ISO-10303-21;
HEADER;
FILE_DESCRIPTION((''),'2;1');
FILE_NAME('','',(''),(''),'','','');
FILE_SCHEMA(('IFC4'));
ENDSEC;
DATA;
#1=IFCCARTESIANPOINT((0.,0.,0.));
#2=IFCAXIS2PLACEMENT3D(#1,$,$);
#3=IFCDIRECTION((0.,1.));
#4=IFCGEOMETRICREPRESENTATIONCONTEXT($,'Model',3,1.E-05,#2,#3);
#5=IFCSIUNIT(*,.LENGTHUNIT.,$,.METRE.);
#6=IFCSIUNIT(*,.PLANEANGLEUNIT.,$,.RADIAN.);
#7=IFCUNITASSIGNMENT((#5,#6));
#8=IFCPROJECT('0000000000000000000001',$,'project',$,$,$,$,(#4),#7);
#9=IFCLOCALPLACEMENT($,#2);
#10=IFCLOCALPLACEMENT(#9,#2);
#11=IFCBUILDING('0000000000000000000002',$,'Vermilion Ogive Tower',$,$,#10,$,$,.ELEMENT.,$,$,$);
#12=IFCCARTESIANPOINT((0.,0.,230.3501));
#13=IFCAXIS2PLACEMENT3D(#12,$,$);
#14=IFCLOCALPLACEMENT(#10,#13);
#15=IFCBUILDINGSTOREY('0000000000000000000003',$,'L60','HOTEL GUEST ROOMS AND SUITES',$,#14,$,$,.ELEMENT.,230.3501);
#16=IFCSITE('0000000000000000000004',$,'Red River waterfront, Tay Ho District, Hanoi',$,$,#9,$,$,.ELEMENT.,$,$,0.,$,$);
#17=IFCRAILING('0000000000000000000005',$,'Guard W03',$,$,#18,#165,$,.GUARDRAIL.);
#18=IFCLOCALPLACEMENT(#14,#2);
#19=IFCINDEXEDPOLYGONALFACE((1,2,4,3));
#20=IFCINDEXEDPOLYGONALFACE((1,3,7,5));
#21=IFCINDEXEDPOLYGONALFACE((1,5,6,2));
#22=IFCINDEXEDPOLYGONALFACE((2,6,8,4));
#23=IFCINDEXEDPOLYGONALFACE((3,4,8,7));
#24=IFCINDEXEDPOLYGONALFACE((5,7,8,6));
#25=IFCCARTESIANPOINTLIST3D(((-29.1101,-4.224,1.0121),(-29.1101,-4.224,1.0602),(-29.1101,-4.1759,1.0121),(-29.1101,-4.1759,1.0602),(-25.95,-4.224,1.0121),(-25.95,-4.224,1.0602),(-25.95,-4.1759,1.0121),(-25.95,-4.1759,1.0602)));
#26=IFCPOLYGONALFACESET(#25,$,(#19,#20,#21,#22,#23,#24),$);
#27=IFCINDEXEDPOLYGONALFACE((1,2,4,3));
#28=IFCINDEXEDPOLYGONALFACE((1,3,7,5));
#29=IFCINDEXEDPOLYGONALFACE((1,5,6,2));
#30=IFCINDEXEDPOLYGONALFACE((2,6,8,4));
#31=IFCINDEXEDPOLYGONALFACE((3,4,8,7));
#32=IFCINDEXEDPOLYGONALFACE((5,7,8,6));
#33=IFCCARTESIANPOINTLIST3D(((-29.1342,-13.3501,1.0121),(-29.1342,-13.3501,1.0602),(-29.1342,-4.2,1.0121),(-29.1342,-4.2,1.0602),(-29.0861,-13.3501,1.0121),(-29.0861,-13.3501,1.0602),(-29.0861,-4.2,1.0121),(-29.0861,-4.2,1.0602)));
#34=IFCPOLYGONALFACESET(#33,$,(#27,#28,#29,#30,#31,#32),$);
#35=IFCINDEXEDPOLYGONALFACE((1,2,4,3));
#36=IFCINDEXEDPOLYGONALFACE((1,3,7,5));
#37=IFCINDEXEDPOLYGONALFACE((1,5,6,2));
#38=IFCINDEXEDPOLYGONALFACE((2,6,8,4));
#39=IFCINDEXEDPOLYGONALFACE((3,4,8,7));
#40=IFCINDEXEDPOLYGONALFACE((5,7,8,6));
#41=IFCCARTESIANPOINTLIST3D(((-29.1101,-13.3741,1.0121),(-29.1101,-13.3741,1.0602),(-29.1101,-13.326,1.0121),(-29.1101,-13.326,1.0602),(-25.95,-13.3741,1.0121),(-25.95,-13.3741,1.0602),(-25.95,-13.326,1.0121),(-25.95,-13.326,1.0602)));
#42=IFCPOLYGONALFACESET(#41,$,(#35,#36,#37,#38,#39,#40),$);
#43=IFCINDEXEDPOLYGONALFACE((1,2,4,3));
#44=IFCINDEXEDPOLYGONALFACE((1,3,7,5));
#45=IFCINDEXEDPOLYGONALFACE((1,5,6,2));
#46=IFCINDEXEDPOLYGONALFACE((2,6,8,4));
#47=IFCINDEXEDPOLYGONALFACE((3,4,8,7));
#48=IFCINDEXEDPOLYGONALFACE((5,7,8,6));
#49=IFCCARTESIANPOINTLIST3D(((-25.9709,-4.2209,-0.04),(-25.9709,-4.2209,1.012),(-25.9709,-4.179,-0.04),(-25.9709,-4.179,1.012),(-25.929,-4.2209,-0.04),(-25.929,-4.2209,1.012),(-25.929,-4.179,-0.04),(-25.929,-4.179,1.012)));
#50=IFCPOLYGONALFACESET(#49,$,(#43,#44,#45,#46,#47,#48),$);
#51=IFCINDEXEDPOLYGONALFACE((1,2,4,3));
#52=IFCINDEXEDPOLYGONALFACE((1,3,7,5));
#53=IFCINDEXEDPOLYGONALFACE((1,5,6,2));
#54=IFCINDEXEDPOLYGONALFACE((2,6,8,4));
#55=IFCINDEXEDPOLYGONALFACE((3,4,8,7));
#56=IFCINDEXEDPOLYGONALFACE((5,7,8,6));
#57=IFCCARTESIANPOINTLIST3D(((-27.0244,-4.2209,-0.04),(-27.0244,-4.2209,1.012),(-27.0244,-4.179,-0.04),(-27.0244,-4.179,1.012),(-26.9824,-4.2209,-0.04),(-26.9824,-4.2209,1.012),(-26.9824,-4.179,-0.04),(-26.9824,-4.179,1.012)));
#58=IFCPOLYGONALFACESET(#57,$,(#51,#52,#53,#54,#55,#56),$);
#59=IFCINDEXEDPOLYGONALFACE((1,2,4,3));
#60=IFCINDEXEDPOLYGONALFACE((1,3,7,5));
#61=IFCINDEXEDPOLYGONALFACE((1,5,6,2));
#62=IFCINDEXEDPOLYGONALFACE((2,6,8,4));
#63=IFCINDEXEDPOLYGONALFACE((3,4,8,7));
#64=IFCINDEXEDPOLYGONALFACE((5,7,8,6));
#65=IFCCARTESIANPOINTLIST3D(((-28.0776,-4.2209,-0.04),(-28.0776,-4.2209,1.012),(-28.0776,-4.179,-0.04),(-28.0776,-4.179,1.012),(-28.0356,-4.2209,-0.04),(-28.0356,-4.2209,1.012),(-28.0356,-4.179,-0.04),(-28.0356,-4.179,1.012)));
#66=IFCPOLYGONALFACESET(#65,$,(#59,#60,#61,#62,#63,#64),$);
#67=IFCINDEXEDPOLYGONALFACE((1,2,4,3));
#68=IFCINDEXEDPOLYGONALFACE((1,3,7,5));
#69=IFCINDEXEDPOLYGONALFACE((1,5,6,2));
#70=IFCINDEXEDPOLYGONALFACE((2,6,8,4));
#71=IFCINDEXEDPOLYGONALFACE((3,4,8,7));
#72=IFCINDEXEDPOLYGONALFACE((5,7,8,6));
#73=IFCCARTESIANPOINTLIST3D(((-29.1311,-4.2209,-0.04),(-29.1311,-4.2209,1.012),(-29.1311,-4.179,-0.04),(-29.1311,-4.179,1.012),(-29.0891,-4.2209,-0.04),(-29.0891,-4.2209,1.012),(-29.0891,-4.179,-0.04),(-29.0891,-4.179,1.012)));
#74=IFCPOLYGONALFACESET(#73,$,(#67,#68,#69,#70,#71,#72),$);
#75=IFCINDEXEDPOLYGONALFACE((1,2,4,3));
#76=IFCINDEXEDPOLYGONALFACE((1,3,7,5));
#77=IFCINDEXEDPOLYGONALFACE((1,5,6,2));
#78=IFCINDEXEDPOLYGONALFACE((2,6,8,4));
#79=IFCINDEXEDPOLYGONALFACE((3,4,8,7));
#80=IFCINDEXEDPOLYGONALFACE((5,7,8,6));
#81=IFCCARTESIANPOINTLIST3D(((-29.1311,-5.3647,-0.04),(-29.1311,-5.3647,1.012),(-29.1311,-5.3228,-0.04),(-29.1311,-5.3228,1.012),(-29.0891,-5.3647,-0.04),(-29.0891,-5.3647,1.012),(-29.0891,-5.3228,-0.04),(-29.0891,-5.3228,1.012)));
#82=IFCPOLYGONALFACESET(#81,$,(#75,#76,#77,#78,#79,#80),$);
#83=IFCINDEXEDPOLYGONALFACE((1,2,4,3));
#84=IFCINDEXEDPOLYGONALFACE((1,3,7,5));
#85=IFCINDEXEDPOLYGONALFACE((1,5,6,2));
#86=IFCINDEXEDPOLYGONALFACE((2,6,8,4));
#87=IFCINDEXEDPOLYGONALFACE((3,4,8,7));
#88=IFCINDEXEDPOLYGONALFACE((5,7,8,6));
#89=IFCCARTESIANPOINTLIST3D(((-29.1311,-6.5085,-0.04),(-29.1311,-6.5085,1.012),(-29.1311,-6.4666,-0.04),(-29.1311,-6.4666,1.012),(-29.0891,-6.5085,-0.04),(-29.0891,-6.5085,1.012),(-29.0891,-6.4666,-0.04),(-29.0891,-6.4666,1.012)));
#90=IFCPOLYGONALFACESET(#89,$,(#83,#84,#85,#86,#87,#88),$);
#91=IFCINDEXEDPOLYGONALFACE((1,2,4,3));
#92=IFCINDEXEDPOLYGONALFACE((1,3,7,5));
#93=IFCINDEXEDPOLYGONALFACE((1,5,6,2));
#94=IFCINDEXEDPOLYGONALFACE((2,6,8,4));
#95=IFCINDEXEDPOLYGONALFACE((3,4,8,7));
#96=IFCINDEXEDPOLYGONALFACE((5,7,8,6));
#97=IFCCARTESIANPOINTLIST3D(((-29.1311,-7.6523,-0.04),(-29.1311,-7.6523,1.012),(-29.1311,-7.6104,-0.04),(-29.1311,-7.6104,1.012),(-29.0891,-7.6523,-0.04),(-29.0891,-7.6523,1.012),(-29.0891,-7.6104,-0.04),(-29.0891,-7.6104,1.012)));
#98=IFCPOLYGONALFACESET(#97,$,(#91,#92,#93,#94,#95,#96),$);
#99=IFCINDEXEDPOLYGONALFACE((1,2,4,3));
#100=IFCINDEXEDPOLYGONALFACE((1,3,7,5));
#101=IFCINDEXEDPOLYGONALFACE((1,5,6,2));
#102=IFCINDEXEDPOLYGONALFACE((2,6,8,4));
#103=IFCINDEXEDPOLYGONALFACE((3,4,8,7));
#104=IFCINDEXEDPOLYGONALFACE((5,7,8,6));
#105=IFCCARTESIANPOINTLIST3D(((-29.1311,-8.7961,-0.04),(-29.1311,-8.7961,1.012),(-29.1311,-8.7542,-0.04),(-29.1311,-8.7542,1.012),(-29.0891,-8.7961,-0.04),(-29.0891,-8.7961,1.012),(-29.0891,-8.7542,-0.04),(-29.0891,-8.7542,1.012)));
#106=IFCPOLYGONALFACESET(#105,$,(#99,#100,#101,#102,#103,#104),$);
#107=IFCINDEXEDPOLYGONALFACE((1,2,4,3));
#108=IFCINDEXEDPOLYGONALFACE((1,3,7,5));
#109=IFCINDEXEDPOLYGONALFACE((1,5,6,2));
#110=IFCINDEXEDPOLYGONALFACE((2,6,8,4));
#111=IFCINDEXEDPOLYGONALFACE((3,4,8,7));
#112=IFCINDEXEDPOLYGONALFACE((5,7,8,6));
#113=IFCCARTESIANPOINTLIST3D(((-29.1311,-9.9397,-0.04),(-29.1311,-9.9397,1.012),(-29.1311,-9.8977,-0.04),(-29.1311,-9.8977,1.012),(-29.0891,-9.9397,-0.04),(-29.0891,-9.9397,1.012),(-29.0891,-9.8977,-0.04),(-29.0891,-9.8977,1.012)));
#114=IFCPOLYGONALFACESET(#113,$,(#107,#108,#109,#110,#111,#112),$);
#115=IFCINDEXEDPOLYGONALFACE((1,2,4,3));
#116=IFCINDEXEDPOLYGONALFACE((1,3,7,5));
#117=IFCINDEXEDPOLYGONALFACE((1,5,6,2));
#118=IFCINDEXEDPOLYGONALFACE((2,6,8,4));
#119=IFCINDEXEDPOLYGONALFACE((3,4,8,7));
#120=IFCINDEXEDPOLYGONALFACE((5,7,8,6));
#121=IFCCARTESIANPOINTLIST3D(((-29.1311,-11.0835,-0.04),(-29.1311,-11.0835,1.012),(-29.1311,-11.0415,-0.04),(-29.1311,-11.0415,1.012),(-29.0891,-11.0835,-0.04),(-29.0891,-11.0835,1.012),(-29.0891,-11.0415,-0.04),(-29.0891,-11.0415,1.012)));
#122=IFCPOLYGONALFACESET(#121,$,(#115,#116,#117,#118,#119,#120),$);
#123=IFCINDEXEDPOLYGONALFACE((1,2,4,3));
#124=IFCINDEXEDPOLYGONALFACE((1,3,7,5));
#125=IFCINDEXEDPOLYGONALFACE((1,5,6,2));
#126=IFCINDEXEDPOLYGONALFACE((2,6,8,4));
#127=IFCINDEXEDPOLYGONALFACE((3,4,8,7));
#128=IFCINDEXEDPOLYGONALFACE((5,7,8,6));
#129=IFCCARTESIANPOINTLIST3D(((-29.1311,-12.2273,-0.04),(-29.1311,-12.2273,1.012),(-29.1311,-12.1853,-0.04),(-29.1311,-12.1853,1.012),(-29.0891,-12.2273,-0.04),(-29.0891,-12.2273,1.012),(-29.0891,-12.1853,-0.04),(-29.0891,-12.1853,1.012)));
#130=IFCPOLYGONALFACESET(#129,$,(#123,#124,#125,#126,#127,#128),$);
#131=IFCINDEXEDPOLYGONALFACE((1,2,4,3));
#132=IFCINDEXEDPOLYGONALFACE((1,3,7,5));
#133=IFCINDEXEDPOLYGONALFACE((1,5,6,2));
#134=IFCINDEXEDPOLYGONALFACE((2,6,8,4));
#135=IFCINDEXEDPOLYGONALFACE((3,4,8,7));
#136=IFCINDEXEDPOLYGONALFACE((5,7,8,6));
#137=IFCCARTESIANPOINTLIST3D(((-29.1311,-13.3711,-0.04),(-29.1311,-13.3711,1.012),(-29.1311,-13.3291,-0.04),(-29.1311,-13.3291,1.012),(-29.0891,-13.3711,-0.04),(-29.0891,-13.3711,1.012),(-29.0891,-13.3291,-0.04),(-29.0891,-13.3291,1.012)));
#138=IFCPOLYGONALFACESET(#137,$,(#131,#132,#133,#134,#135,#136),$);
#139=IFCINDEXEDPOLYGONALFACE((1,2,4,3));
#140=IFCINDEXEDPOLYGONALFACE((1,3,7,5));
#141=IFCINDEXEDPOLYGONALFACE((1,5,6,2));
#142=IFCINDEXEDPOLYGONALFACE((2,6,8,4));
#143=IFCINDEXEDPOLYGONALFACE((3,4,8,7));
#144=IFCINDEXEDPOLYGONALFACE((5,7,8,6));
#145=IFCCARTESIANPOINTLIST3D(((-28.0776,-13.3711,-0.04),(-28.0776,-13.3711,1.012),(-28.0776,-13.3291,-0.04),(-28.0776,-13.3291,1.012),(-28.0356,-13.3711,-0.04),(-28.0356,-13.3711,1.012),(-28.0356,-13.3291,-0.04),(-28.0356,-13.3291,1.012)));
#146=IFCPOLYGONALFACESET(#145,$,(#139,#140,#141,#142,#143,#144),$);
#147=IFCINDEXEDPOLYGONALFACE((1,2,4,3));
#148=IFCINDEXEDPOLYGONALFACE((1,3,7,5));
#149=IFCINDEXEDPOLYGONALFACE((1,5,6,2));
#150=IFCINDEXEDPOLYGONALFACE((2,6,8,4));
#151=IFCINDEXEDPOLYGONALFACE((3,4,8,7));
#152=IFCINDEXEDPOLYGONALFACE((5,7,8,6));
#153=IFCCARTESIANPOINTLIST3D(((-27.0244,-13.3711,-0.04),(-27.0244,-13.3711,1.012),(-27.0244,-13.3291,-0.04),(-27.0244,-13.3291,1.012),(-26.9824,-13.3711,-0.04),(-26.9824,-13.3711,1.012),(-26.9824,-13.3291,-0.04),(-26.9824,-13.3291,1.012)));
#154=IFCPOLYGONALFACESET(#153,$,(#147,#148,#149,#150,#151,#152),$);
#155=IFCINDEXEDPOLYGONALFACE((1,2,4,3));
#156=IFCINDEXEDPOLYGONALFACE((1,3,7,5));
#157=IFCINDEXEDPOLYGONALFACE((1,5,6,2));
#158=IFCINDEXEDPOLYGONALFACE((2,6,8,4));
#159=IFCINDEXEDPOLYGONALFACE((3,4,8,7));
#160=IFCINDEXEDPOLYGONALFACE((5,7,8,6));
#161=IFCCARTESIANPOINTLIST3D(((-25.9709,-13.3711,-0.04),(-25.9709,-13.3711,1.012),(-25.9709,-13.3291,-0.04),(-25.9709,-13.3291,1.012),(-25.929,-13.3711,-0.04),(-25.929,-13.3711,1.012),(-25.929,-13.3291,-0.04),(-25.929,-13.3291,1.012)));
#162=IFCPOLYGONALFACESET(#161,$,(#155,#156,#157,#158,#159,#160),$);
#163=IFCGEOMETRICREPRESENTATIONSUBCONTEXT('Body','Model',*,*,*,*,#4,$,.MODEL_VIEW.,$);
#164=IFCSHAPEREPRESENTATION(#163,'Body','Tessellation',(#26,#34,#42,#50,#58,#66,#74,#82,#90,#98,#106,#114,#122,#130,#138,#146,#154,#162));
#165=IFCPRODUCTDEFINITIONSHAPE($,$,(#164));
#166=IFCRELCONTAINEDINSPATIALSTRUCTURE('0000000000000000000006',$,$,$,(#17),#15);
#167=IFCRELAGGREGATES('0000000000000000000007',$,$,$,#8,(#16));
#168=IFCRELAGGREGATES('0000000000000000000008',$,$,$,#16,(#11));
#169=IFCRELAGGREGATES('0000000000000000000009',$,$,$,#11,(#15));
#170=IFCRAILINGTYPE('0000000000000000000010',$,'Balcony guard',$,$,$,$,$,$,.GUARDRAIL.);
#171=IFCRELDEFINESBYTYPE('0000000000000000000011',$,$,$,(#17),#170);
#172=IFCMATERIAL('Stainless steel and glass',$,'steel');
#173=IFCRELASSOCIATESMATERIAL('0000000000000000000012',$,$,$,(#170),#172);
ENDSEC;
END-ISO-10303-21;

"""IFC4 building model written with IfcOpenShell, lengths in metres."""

from ifc_helpers import new_model, si_unit, direction, frame, origin, origin_2d, place, context, subcontext, project, spatial, rectangle, extrude, material, type_object, element, save


model = new_model("IFC4")

# Units and contexts
model_context = context("Model", 3, precision=1e-05, world=origin(), true_north=direction((0.0, 1.0)))
body_context = subcontext(model_context, "Body", "Model", "MODEL_VIEW")
ifc_project = project(units=[si_unit("LENGTHUNIT", "METRE"), si_unit("PLANEANGLEUNIT", "RADIAN")], contexts=[model_context])

# Site, building, storey
site_placement = place(None, origin())
site = spatial("IfcSite", under=ifc_project, at=site_placement, Name="Red River waterfront, Tay Ho District, Hanoi", CompositionType="ELEMENT", RefElevation=0.0)
building_placement = place(site_placement, origin())
building = spatial("IfcBuilding", under=site, at=building_placement, Name="Vermilion Ogive Tower", CompositionType="ELEMENT")
storey_placement = place(building_placement, frame((0.0, 0.0, 230.3501)))
storey = spatial("IfcBuildingStorey", under=building, at=storey_placement, Name="L60", Description="HOTEL GUEST ROOMS AND SUITES", CompositionType="ELEMENT", Elevation=230.3501)

# Railing
ifc_material_1 = material(Name="Stainless steel and glass", Category="steel")
railing_type = type_object("IfcRailingType", Name="Balcony guard", PredefinedType="GUARDRAIL", material=ifc_material_1)
railing_placement = place(storey_placement, frame((-25.95, -4.2, -0.04)))
element("IfcRailing", 1, at=railing_placement, inside=storey, type_object=railing_type, Name="Guard W03", PredefinedType="GUARDRAIL", context=body_context, shape_type="SweptSolid", body=[
    extrude(rectangle(XDim=0.0481, YDim=0.0481, at=origin_2d()), frame((0.0, 0.0, 1.0762), z_axis=(-1.0, 0.0, 0.0), x_axis=(0.0, -1.0, 0.0)), (0.0, 0.0, 1.0), 3.1602),
    extrude(rectangle(XDim=0.0481, YDim=0.0481, at=origin_2d()), frame((-3.1602, 0.0, 1.0762), z_axis=(0.0, -1.0, 0.0), x_axis=(1.0, 0.0, 0.0)), (0.0, 0.0, 1.0), 9.1501),
    extrude(rectangle(XDim=0.0481, YDim=0.0481, at=origin_2d()), frame((-3.1602, -9.1501, 1.0762), z_axis=(1.0, 0.0, 0.0), x_axis=(0.0, 1.0, 0.0)), (0.0, 0.0, 1.0), 3.1602),
    extrude(rectangle(XDim=0.042, YDim=0.042, at=origin_2d()), origin(), (0.0, 0.0, 1.0), 1.052),
    extrude(rectangle(XDim=0.042, YDim=0.042, at=origin_2d()), frame((-1.0535, 0.0, 0.0)), (0.0, 0.0, 1.0), 1.052),
    extrude(rectangle(XDim=0.042, YDim=0.042, at=origin_2d()), frame((-2.1067, 0.0, 0.0)), (0.0, 0.0, 1.0), 1.052),
    extrude(rectangle(XDim=0.042, YDim=0.042, at=origin_2d()), frame((-3.1602, 0.0, 0.0)), (0.0, 0.0, 1.0), 1.052),
    extrude(rectangle(XDim=0.042, YDim=0.042, at=origin_2d()), frame((-3.1602, -1.1438, 0.0)), (0.0, 0.0, 1.0), 1.052),
    extrude(rectangle(XDim=0.042, YDim=0.042, at=origin_2d()), frame((-3.1602, -2.2876, 0.0)), (0.0, 0.0, 1.0), 1.052),
    extrude(rectangle(XDim=0.042, YDim=0.042, at=origin_2d()), frame((-3.1602, -3.4314, 0.0)), (0.0, 0.0, 1.0), 1.052),
    extrude(rectangle(XDim=0.042, YDim=0.042, at=origin_2d()), frame((-3.1602, -4.5752, 0.0)), (0.0, 0.0, 1.0), 1.052),
    extrude(rectangle(XDim=0.042, YDim=0.042, at=origin_2d()), frame((-3.1602, -5.7188, 0.0)), (0.0, 0.0, 1.0), 1.052),
    extrude(rectangle(XDim=0.042, YDim=0.042, at=origin_2d()), frame((-3.1602, -6.8625, 0.0)), (0.0, 0.0, 1.0), 1.052),
    extrude(rectangle(XDim=0.042, YDim=0.042, at=origin_2d()), frame((-3.1602, -8.0063, 0.0)), (0.0, 0.0, 1.0), 1.052),
    extrude(rectangle(XDim=0.042, YDim=0.042, at=origin_2d()), frame((-3.1602, -9.1501, 0.0)), (0.0, 0.0, 1.0), 1.052),
    extrude(rectangle(XDim=0.042, YDim=0.042, at=origin_2d()), frame((-2.1067, -9.1501, 0.0)), (0.0, 0.0, 1.0), 1.052),
    extrude(rectangle(XDim=0.042, YDim=0.042, at=origin_2d()), frame((-1.0535, -9.1501, 0.0)), (0.0, 0.0, 1.0), 1.052),
    extrude(rectangle(XDim=0.042, YDim=0.042, at=origin_2d()), frame((0.0, -9.1501, 0.0)), (0.0, 0.0, 1.0), 1.052),
])

save(model, "model.ifc")
